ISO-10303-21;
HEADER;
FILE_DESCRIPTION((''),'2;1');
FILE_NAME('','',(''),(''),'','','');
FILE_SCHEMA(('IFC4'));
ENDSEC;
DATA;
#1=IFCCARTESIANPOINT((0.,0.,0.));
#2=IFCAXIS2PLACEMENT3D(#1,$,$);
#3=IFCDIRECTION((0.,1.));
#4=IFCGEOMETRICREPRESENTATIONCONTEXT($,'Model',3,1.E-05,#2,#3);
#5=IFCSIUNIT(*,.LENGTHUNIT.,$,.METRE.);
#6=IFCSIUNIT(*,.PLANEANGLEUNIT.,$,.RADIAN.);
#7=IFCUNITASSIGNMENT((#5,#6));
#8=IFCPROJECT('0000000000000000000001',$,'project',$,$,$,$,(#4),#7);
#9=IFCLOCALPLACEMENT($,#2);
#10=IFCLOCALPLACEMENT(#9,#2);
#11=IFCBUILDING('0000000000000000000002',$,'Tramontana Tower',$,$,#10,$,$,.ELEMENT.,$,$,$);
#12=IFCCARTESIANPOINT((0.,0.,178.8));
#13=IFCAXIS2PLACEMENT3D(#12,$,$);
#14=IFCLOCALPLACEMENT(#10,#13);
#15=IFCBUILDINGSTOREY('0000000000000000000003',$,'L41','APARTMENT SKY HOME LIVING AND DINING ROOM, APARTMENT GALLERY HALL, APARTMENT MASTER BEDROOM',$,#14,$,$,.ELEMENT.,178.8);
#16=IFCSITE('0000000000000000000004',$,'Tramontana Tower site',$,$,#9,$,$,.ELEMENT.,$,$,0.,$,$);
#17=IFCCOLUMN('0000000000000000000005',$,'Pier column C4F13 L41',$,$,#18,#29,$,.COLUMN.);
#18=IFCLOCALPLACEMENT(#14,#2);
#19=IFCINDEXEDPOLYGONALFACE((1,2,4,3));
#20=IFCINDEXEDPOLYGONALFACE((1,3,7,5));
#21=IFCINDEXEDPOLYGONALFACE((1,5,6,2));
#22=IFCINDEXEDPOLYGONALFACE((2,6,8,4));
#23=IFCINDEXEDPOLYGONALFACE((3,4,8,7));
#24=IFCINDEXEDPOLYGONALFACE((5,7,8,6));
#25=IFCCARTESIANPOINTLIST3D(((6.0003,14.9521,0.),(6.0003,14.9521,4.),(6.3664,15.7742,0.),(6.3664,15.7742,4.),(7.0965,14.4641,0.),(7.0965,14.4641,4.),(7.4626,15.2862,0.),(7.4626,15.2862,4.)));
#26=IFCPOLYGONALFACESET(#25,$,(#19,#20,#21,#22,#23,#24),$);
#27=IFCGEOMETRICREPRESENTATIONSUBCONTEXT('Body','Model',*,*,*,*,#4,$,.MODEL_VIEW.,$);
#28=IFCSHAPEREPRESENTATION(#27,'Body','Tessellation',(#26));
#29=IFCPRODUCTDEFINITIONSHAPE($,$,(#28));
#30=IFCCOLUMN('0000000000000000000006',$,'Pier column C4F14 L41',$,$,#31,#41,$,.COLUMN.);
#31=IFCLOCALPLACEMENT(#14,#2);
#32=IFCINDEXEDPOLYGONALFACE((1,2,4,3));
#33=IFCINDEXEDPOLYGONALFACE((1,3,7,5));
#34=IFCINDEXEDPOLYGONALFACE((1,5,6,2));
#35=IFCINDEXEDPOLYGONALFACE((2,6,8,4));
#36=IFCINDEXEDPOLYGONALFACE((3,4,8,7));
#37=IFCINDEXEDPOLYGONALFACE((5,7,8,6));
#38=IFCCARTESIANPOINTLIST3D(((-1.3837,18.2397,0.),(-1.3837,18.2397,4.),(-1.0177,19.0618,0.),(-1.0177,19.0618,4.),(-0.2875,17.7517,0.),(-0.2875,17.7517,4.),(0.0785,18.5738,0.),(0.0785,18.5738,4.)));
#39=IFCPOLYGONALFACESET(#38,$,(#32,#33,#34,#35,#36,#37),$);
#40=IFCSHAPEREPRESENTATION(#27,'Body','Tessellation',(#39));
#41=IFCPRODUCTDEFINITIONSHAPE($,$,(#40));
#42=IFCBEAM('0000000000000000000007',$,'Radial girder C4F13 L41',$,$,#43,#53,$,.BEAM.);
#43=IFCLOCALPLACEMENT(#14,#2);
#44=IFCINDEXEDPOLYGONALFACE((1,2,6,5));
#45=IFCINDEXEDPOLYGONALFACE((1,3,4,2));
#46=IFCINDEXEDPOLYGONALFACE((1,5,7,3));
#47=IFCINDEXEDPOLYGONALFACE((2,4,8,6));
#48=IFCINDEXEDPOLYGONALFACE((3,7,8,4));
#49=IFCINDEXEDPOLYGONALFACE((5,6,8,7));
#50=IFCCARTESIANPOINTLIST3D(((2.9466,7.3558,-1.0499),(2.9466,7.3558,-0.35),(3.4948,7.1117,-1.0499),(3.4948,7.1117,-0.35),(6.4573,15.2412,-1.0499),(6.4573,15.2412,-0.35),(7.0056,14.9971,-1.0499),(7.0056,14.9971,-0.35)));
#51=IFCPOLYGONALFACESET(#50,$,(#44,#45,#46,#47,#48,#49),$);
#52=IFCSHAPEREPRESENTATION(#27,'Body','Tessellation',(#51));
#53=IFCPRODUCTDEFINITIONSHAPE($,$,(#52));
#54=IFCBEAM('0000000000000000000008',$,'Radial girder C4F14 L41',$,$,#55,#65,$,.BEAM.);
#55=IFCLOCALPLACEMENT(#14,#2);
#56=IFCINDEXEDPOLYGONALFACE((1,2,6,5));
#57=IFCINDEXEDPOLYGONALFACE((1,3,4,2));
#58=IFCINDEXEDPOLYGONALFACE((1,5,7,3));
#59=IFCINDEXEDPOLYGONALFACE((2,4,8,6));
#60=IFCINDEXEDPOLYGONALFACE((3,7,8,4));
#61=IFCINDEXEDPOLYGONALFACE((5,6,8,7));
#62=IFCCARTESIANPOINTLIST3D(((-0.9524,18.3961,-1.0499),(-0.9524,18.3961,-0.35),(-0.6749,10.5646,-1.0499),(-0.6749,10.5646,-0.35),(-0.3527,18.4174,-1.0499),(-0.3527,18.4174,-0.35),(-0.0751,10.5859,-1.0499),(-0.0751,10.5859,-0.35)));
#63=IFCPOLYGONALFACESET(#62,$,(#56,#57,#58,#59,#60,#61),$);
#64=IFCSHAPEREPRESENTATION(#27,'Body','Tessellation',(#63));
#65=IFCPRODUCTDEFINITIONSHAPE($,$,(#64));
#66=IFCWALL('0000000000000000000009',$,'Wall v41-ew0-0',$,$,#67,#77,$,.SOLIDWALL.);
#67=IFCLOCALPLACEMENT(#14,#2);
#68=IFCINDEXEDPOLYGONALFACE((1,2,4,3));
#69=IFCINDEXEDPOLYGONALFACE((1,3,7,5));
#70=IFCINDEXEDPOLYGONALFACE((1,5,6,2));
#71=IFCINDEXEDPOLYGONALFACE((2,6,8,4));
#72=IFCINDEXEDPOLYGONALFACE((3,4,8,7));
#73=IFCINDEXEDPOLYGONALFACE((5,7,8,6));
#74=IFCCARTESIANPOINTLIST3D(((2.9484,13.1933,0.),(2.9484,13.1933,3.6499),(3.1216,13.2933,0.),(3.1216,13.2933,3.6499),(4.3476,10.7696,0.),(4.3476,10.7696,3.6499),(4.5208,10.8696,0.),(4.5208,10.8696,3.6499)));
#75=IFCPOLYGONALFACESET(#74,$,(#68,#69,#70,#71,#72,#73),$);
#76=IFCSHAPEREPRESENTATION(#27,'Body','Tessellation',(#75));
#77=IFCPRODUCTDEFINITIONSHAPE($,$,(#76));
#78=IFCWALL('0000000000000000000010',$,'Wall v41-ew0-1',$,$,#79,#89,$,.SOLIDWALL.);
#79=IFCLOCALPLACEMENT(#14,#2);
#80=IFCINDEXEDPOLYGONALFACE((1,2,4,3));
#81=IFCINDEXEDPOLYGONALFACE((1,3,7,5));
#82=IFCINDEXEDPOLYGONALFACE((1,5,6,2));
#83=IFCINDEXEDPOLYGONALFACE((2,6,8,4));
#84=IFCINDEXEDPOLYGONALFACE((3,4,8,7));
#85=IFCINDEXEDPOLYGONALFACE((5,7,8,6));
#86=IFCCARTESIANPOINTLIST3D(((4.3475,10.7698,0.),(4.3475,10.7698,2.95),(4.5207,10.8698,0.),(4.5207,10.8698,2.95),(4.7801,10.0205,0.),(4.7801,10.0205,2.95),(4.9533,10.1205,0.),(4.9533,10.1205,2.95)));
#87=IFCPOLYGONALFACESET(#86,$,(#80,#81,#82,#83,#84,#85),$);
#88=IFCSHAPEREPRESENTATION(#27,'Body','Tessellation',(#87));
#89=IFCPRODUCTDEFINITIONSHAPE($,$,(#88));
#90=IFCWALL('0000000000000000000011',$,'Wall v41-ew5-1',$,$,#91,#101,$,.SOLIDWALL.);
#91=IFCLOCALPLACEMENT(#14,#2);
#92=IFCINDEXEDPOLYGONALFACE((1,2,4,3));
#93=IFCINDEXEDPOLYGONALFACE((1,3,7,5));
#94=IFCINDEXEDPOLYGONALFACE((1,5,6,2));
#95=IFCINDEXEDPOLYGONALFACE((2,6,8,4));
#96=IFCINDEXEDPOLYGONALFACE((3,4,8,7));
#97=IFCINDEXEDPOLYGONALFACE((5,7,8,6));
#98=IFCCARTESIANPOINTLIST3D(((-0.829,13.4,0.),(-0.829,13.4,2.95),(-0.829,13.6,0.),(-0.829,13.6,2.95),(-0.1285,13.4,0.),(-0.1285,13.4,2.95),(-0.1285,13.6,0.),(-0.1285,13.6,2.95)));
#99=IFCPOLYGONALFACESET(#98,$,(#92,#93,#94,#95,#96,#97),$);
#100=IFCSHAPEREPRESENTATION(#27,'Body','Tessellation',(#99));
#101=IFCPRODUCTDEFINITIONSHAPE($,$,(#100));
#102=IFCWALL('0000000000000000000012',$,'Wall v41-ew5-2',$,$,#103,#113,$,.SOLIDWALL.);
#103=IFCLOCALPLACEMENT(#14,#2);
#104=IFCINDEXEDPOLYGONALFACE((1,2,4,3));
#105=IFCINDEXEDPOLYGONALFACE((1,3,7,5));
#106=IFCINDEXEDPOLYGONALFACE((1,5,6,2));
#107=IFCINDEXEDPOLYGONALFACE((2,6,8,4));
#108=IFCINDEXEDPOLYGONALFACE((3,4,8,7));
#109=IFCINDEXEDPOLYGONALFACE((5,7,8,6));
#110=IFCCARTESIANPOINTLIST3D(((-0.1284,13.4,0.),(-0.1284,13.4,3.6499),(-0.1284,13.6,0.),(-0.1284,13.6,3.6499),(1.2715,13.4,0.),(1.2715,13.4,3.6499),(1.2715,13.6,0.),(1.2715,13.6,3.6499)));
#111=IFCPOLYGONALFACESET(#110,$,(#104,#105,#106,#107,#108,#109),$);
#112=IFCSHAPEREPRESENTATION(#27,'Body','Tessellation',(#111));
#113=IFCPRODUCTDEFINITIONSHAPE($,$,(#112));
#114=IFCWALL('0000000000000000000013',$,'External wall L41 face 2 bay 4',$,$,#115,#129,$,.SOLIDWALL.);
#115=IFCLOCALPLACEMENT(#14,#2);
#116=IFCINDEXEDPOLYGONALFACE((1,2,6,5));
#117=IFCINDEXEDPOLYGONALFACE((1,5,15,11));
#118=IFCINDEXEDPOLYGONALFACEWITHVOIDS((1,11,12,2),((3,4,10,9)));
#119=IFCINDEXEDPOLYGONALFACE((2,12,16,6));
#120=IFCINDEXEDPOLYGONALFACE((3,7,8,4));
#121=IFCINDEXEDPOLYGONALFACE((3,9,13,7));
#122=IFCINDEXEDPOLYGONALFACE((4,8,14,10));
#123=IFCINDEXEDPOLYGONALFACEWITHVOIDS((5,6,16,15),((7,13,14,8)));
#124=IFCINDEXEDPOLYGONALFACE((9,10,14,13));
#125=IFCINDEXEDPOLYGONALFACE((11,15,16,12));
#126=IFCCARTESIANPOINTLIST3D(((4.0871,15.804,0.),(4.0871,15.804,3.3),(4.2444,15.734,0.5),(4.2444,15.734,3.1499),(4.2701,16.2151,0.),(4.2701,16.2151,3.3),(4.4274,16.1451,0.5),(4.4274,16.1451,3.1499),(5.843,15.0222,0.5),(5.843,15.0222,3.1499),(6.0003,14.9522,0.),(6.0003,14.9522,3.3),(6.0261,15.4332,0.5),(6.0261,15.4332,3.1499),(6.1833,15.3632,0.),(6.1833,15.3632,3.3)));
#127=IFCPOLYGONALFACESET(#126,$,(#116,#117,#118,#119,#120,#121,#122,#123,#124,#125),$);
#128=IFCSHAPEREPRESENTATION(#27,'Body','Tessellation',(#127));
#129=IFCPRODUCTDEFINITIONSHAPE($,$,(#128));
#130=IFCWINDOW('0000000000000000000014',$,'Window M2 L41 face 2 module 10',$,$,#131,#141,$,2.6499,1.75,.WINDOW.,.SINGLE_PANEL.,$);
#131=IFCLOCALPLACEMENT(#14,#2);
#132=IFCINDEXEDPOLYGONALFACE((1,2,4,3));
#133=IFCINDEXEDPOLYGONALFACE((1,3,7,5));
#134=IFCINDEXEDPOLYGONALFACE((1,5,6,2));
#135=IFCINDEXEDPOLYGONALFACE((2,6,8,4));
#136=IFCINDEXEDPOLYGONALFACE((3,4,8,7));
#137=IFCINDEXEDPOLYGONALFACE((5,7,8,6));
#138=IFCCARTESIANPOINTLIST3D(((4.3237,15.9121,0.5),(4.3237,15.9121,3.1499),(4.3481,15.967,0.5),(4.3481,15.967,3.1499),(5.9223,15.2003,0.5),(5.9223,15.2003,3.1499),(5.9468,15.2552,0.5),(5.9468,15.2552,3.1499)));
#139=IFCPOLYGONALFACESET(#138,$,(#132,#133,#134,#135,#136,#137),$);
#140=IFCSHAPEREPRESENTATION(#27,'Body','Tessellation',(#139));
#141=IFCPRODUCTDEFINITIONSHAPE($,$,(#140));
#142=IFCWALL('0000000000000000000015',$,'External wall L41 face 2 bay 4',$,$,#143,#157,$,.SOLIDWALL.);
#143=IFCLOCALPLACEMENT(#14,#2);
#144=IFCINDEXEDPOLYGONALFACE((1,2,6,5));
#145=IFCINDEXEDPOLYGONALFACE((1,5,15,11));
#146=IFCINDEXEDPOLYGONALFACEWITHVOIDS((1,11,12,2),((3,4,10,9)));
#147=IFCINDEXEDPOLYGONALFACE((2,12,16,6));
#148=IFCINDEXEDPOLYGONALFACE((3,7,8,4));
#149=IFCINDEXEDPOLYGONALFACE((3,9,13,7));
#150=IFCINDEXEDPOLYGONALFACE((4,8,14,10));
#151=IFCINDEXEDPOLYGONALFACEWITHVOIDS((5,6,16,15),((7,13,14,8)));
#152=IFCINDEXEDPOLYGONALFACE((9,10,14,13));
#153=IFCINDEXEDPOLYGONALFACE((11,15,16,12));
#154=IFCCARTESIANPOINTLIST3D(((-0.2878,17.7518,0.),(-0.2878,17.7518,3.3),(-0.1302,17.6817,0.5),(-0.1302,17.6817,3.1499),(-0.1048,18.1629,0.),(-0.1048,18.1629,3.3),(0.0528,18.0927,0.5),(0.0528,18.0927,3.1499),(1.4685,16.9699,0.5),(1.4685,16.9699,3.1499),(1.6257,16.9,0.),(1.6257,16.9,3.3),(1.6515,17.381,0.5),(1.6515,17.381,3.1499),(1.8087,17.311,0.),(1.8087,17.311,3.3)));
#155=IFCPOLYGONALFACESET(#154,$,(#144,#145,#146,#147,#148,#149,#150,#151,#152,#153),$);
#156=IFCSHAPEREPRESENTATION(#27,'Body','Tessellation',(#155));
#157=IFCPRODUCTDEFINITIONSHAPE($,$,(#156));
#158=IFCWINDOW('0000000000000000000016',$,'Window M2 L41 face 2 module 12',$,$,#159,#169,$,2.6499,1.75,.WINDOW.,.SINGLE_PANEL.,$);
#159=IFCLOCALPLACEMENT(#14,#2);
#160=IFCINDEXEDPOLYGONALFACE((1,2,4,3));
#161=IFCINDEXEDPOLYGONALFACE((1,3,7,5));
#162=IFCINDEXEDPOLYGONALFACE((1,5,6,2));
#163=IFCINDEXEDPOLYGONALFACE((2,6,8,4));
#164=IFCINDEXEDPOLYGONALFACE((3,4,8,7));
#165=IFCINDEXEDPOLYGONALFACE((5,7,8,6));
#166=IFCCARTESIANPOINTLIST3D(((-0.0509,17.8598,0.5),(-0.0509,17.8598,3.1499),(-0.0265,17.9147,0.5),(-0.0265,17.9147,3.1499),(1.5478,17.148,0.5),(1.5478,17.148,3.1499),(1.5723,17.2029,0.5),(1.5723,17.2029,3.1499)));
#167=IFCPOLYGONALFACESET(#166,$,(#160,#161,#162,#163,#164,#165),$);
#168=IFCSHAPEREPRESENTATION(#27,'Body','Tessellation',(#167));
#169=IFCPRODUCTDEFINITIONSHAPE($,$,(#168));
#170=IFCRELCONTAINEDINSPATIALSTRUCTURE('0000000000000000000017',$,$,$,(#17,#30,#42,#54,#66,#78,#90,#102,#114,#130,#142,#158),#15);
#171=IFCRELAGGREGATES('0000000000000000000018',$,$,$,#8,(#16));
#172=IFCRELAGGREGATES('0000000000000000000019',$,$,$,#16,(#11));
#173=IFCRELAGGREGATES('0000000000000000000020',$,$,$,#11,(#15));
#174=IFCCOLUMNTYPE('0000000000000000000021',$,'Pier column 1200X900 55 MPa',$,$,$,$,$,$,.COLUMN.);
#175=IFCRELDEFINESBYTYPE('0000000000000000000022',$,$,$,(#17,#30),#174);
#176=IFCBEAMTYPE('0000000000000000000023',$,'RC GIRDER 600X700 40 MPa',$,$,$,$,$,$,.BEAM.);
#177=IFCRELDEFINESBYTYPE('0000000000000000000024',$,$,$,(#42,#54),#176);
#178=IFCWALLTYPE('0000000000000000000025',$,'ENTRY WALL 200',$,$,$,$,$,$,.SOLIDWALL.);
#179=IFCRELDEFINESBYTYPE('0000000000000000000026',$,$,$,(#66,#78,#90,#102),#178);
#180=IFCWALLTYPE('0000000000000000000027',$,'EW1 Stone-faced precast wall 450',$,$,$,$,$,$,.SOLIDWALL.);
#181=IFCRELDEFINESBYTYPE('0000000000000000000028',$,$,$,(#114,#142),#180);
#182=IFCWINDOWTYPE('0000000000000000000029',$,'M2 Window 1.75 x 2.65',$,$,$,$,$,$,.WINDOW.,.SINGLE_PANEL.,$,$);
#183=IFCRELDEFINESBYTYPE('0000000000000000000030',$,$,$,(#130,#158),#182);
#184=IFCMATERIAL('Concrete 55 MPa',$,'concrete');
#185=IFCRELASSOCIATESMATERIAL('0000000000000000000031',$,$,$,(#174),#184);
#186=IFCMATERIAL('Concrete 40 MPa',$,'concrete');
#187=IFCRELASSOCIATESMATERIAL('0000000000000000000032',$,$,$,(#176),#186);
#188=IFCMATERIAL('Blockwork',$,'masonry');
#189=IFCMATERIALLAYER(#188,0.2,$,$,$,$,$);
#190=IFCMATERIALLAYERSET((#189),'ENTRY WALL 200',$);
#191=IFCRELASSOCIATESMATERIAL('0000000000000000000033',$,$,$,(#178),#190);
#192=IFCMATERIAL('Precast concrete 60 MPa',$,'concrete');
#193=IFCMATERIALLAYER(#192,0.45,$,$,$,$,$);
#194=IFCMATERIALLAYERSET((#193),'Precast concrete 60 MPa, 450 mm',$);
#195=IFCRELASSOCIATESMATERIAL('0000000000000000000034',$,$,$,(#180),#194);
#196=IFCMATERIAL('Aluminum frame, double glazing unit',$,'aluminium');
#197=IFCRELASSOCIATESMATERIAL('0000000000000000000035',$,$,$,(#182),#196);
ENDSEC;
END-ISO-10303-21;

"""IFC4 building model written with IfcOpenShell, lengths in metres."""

from ifc_helpers import new_model, si_unit, direction, frame, frame_2d, origin, origin_2d, place, context, subcontext, project, spatial, rectangle, extrude, material, layer, layer_set, material_profile, profile_set, type_object, element, fill, save


model = new_model("IFC4")

# Units and contexts
model_context = context("Model", 3, precision=1e-05, world=origin(), true_north=direction((0.0, 1.0)))
body_context = subcontext(model_context, "Body", "Model", "MODEL_VIEW")
ifc_project = project(units=[si_unit("LENGTHUNIT", "METRE"), si_unit("PLANEANGLEUNIT", "RADIAN")], contexts=[model_context])

# Site, building, storey
site_placement = place(None, origin())
site = spatial("IfcSite", under=ifc_project, at=site_placement, Name="Tramontana Tower site", CompositionType="ELEMENT", RefElevation=0.0)
building_placement = place(site_placement, origin())
building = spatial("IfcBuilding", under=site, at=building_placement, Name="Tramontana Tower", CompositionType="ELEMENT")
storey_placement = place(building_placement, frame((0.0, 0.0, 178.8)))
storey = spatial("IfcBuildingStorey", under=building, at=storey_placement, Name="L41", Description="APARTMENT SKY HOME LIVING AND DINING ROOM, APARTMENT GALLERY HALL, APARTMENT MASTER BEDROOM", CompositionType="ELEMENT", Elevation=178.8)

# Columns
ifc_material_1 = material(Name="Concrete 55 MPa", Category="concrete")
ifc_material_profile_1 = material_profile(ifc_material_1, rectangle(XDim=1.2, YDim=0.8999, at=origin_2d()), Name="Pier column 1200X900 55 MPa")
ifc_profile_set_1 = profile_set([ifc_material_profile_1], Name="Concrete 55 MPa")
column_type = type_object("IfcColumnType", Name="Pier column 1200X900 55 MPa", PredefinedType="COLUMN", material=ifc_profile_set_1)
for number, where, z_axis, x_axis, name in (
    (1, (6.7314, 15.1191, 0.0), (0.0, 0.0, 1.0), (-0.913545, 0.406737, 0.0), "Pier column C4F13 L41"),
    (2, (-0.6526, 18.4067, 0.0), (0.0, 0.0, 1.0), (-0.913545, 0.406737, 0.0), "Pier column C4F14 L41"),
):
    element("IfcColumn", number, at=place(storey_placement, frame(where, z_axis=z_axis, x_axis=x_axis)), inside=storey, type_object=column_type, Name=name, PredefinedType="COLUMN", context=body_context, shape_type="SweptSolid", body=[
        extrude(rectangle(XDim=1.2, YDim=0.8999, at=origin_2d()), origin(), (0.0, 0.0, 1.0), 4.0),
    ])

# Beams
ifc_material_2 = material(Name="Concrete 40 MPa", Category="concrete")
ifc_material_profile_2 = material_profile(ifc_material_2, rectangle(XDim=0.6001, YDim=0.7, at=origin_2d()), Name="RC GIRDER 600X700 40 MPa")
ifc_profile_set_2 = profile_set([ifc_material_profile_2], Name="Concrete 40 MPa")
beam_type = type_object("IfcBeamType", Name="RC GIRDER 600X700 40 MPa", PredefinedType="BEAM", material=ifc_profile_set_2)
beam_1_placement = place(storey_placement, frame((6.7314, 15.1191, -0.7), z_axis=(-0.406737, -0.913545, 0.0), x_axis=(0.913545, -0.406737, 0.0)))
element("IfcBeam", 3, at=beam_1_placement, inside=storey, type_object=beam_type, Name="Radial girder C4F13 L41", PredefinedType="BEAM", context=body_context, shape_type="SweptSolid", body=[
    extrude(rectangle(XDim=0.6001, YDim=0.7, at=origin_2d()), origin(), (0.0, 0.0, 1.0), 8.6316),
])
beam_2_placement = place(storey_placement, frame((-0.6526, 18.4067, -0.7), z_axis=(0.035423, -0.999372, 0.0), x_axis=(0.999372, 0.035423, 0.0)))
element("IfcBeam", 4, at=beam_2_placement, inside=storey, type_object=beam_type, Name="Radial girder C4F14 L41", PredefinedType="BEAM", context=body_context, shape_type="SweptSolid", body=[
    extrude(rectangle(XDim=0.6001, YDim=0.7, at=origin_2d()), origin(), (0.0, 0.0, 1.0), 7.8364),
])

# Walls
ifc_material_3 = material(Name="Blockwork", Category="masonry")
ifc_layer_1 = layer(ifc_material_3, 0.2)
ifc_layer_set_1 = layer_set([ifc_layer_1], Name="ENTRY WALL 200")
wall_type_1 = type_object("IfcWallType", Name="ENTRY WALL 200", PredefinedType="SOLIDWALL", material=ifc_layer_set_1)
wall_1_placement = place(storey_placement, frame((3.0349, 13.2434, 0.0), z_axis=(0.0, 0.0, 1.0), x_axis=(0.499977, -0.866039, 0.0)))
element("IfcWall", 5, at=wall_1_placement, inside=storey, type_object=wall_type_1, Name="Wall v41-ew0-0", PredefinedType="SOLIDWALL", context=body_context, shape_type="SweptSolid", body=[
    extrude(rectangle(XDim=2.7986, YDim=0.2, at=frame_2d((1.3994, 0.0))), origin(), (0.0, 0.0, 1.0), 3.6499),
])
wall_2_placement = place(storey_placement, frame((4.4341, 10.8198, 0.0), z_axis=(0.0, 0.0, 1.0), x_axis=(0.500024, -0.866012, 0.0)))
element("IfcWall", 6, at=wall_2_placement, inside=storey, type_object=wall_type_1, Name="Wall v41-ew0-1", PredefinedType="SOLIDWALL", context=body_context, shape_type="SweptSolid", body=[
    extrude(rectangle(XDim=0.8652, YDim=0.2, at=frame_2d((0.4326, 0.0))), origin(), (0.0, 0.0, 1.0), 2.95),
])
wall_3_placement = place(storey_placement, frame((-0.8289, 13.5, 0.0), z_axis=(0.0, 0.0, 1.0), x_axis=(1.0, 0.0, 0.0)))
element("IfcWall", 7, at=wall_3_placement, inside=storey, type_object=wall_type_1, Name="Wall v41-ew5-1", PredefinedType="SOLIDWALL", context=body_context, shape_type="SweptSolid", body=[
    extrude(rectangle(XDim=0.7004, YDim=0.2, at=frame_2d((0.3501, 0.0))), origin(), (0.0, 0.0, 1.0), 2.95),
])
wall_4_placement = place(storey_placement, frame((-0.1284, 13.5, 0.0), z_axis=(0.0, 0.0, 1.0), x_axis=(1.0, 0.0, 0.0)))
element("IfcWall", 8, at=wall_4_placement, inside=storey, type_object=wall_type_1, Name="Wall v41-ew5-2", PredefinedType="SOLIDWALL", context=body_context, shape_type="SweptSolid", body=[
    extrude(rectangle(XDim=1.3999, YDim=0.2, at=frame_2d((0.7, 0.0))), origin(), (0.0, 0.0, 1.0), 3.6499),
])

# Walls, openings, windows
ifc_material_4 = material(Name="Precast concrete 60 MPa", Category="concrete")
ifc_layer_2 = layer(ifc_material_4, 0.45)
ifc_layer_set_2 = layer_set([ifc_layer_2], Name="Precast concrete 60 MPa, 450 mm")
wall_type_2 = type_object("IfcWallType", Name="EW1 Stone-faced precast wall 450", PredefinedType="SOLIDWALL", material=ifc_layer_set_2)
wall_5_placement = place(storey_placement, frame((6.0918, 15.1577, 0.0), z_axis=(0.0, 0.0, 1.0), x_axis=(-0.913537, 0.406755, 0.0)))
wall_5 = element("IfcWall", 9, at=wall_5_placement, inside=storey, type_object=wall_type_2, Name="External wall L41 face 2 bay 4", PredefinedType="SOLIDWALL", context=body_context, shape_type="SweptSolid", body=[
    extrude(rectangle(XDim=2.0942, YDim=0.45, at=frame_2d((1.0471, 0.0))), origin(), (0.0, 0.0, 1.0), 3.3),
])
opening_1_placement = place(wall_5_placement, frame((0.1721, 0.0, 0.5)))
opening_1 = element("IfcOpeningElement", 10, at=opening_1_placement, cuts=wall_5, PredefinedType="OPENING", context=body_context, shape_type="SweptSolid", body=[
    extrude(rectangle(XDim=1.75, YDim=2.6499, at=frame_2d((0.875, 1.325))), frame((0.0, 0.2349, 0.0), z_axis=(0.0, -1.0, 0.0), x_axis=(1.0, 0.0, 0.0)), (0.0, 0.0, 1.0), 0.47),
])
ifc_material_5 = material(Name="Aluminum frame, double glazing unit", Category="aluminium")
window_type = type_object("IfcWindowType", Name="M2 Window 1.75 x 2.65", PartitioningType="SINGLE_PANEL", PredefinedType="WINDOW", material=ifc_material_5)
window_1_placement = place(opening_1_placement, origin())
window_1 = element("IfcWindow", 11, at=window_1_placement, inside=storey, type_object=window_type, Name="Window M2 L41 face 2 module 10", OverallHeight=2.6499, OverallWidth=1.75, PartitioningType="SINGLE_PANEL", PredefinedType="WINDOW", context=body_context, shape_type="SweptSolid", body=[
    extrude(rectangle(XDim=1.75, YDim=2.6499, at=frame_2d((0.875, 1.325))), frame((0.0, 0.03, 0.0), z_axis=(0.0, -1.0, 0.0), x_axis=(1.0, 0.0, 0.0)), (0.0, 0.0, 1.0), 0.0601),
])
fill(opening_1, window_1)
wall_6_placement = place(storey_placement, frame((1.7173, 17.1055, 0.0), z_axis=(0.0, 0.0, 1.0), x_axis=(-0.913557, 0.406712, 0.0)))
wall_6 = element("IfcWall", 12, at=wall_6_placement, inside=storey, type_object=wall_type_2, Name="External wall L41 face 2 bay 4", PredefinedType="SOLIDWALL", context=body_context, shape_type="SweptSolid", body=[
    extrude(rectangle(XDim=2.0945, YDim=0.45, at=frame_2d((1.0474, 0.0))), origin(), (0.0, 0.0, 1.0), 3.3),
])
opening_2_placement = place(wall_6_placement, frame((0.1721, 0.0, 0.5)))
opening_2 = element("IfcOpeningElement", 13, at=opening_2_placement, cuts=wall_6, PredefinedType="OPENING", context=body_context, shape_type="SweptSolid", body=[
    extrude(rectangle(XDim=1.75, YDim=2.6499, at=frame_2d((0.875, 1.325))), frame((0.0, 0.2349, 0.0), z_axis=(0.0, -1.0, 0.0), x_axis=(1.0, 0.0, 0.0)), (0.0, 0.0, 1.0), 0.47),
])
window_2_placement = place(opening_2_placement, origin())
window_2 = element("IfcWindow", 14, at=window_2_placement, inside=storey, type_object=window_type, Name="Window M2 L41 face 2 module 12", OverallHeight=2.6499, OverallWidth=1.75, PartitioningType="SINGLE_PANEL", PredefinedType="WINDOW", context=body_context, shape_type="SweptSolid", body=[
    extrude(rectangle(XDim=1.75, YDim=2.6499, at=frame_2d((0.875, 1.325))), frame((0.0, 0.03, 0.0), z_axis=(0.0, -1.0, 0.0), x_axis=(1.0, 0.0, 0.0)), (0.0, 0.0, 1.0), 0.0601),
])
fill(opening_2, window_2)

save(model, "model.ifc")
